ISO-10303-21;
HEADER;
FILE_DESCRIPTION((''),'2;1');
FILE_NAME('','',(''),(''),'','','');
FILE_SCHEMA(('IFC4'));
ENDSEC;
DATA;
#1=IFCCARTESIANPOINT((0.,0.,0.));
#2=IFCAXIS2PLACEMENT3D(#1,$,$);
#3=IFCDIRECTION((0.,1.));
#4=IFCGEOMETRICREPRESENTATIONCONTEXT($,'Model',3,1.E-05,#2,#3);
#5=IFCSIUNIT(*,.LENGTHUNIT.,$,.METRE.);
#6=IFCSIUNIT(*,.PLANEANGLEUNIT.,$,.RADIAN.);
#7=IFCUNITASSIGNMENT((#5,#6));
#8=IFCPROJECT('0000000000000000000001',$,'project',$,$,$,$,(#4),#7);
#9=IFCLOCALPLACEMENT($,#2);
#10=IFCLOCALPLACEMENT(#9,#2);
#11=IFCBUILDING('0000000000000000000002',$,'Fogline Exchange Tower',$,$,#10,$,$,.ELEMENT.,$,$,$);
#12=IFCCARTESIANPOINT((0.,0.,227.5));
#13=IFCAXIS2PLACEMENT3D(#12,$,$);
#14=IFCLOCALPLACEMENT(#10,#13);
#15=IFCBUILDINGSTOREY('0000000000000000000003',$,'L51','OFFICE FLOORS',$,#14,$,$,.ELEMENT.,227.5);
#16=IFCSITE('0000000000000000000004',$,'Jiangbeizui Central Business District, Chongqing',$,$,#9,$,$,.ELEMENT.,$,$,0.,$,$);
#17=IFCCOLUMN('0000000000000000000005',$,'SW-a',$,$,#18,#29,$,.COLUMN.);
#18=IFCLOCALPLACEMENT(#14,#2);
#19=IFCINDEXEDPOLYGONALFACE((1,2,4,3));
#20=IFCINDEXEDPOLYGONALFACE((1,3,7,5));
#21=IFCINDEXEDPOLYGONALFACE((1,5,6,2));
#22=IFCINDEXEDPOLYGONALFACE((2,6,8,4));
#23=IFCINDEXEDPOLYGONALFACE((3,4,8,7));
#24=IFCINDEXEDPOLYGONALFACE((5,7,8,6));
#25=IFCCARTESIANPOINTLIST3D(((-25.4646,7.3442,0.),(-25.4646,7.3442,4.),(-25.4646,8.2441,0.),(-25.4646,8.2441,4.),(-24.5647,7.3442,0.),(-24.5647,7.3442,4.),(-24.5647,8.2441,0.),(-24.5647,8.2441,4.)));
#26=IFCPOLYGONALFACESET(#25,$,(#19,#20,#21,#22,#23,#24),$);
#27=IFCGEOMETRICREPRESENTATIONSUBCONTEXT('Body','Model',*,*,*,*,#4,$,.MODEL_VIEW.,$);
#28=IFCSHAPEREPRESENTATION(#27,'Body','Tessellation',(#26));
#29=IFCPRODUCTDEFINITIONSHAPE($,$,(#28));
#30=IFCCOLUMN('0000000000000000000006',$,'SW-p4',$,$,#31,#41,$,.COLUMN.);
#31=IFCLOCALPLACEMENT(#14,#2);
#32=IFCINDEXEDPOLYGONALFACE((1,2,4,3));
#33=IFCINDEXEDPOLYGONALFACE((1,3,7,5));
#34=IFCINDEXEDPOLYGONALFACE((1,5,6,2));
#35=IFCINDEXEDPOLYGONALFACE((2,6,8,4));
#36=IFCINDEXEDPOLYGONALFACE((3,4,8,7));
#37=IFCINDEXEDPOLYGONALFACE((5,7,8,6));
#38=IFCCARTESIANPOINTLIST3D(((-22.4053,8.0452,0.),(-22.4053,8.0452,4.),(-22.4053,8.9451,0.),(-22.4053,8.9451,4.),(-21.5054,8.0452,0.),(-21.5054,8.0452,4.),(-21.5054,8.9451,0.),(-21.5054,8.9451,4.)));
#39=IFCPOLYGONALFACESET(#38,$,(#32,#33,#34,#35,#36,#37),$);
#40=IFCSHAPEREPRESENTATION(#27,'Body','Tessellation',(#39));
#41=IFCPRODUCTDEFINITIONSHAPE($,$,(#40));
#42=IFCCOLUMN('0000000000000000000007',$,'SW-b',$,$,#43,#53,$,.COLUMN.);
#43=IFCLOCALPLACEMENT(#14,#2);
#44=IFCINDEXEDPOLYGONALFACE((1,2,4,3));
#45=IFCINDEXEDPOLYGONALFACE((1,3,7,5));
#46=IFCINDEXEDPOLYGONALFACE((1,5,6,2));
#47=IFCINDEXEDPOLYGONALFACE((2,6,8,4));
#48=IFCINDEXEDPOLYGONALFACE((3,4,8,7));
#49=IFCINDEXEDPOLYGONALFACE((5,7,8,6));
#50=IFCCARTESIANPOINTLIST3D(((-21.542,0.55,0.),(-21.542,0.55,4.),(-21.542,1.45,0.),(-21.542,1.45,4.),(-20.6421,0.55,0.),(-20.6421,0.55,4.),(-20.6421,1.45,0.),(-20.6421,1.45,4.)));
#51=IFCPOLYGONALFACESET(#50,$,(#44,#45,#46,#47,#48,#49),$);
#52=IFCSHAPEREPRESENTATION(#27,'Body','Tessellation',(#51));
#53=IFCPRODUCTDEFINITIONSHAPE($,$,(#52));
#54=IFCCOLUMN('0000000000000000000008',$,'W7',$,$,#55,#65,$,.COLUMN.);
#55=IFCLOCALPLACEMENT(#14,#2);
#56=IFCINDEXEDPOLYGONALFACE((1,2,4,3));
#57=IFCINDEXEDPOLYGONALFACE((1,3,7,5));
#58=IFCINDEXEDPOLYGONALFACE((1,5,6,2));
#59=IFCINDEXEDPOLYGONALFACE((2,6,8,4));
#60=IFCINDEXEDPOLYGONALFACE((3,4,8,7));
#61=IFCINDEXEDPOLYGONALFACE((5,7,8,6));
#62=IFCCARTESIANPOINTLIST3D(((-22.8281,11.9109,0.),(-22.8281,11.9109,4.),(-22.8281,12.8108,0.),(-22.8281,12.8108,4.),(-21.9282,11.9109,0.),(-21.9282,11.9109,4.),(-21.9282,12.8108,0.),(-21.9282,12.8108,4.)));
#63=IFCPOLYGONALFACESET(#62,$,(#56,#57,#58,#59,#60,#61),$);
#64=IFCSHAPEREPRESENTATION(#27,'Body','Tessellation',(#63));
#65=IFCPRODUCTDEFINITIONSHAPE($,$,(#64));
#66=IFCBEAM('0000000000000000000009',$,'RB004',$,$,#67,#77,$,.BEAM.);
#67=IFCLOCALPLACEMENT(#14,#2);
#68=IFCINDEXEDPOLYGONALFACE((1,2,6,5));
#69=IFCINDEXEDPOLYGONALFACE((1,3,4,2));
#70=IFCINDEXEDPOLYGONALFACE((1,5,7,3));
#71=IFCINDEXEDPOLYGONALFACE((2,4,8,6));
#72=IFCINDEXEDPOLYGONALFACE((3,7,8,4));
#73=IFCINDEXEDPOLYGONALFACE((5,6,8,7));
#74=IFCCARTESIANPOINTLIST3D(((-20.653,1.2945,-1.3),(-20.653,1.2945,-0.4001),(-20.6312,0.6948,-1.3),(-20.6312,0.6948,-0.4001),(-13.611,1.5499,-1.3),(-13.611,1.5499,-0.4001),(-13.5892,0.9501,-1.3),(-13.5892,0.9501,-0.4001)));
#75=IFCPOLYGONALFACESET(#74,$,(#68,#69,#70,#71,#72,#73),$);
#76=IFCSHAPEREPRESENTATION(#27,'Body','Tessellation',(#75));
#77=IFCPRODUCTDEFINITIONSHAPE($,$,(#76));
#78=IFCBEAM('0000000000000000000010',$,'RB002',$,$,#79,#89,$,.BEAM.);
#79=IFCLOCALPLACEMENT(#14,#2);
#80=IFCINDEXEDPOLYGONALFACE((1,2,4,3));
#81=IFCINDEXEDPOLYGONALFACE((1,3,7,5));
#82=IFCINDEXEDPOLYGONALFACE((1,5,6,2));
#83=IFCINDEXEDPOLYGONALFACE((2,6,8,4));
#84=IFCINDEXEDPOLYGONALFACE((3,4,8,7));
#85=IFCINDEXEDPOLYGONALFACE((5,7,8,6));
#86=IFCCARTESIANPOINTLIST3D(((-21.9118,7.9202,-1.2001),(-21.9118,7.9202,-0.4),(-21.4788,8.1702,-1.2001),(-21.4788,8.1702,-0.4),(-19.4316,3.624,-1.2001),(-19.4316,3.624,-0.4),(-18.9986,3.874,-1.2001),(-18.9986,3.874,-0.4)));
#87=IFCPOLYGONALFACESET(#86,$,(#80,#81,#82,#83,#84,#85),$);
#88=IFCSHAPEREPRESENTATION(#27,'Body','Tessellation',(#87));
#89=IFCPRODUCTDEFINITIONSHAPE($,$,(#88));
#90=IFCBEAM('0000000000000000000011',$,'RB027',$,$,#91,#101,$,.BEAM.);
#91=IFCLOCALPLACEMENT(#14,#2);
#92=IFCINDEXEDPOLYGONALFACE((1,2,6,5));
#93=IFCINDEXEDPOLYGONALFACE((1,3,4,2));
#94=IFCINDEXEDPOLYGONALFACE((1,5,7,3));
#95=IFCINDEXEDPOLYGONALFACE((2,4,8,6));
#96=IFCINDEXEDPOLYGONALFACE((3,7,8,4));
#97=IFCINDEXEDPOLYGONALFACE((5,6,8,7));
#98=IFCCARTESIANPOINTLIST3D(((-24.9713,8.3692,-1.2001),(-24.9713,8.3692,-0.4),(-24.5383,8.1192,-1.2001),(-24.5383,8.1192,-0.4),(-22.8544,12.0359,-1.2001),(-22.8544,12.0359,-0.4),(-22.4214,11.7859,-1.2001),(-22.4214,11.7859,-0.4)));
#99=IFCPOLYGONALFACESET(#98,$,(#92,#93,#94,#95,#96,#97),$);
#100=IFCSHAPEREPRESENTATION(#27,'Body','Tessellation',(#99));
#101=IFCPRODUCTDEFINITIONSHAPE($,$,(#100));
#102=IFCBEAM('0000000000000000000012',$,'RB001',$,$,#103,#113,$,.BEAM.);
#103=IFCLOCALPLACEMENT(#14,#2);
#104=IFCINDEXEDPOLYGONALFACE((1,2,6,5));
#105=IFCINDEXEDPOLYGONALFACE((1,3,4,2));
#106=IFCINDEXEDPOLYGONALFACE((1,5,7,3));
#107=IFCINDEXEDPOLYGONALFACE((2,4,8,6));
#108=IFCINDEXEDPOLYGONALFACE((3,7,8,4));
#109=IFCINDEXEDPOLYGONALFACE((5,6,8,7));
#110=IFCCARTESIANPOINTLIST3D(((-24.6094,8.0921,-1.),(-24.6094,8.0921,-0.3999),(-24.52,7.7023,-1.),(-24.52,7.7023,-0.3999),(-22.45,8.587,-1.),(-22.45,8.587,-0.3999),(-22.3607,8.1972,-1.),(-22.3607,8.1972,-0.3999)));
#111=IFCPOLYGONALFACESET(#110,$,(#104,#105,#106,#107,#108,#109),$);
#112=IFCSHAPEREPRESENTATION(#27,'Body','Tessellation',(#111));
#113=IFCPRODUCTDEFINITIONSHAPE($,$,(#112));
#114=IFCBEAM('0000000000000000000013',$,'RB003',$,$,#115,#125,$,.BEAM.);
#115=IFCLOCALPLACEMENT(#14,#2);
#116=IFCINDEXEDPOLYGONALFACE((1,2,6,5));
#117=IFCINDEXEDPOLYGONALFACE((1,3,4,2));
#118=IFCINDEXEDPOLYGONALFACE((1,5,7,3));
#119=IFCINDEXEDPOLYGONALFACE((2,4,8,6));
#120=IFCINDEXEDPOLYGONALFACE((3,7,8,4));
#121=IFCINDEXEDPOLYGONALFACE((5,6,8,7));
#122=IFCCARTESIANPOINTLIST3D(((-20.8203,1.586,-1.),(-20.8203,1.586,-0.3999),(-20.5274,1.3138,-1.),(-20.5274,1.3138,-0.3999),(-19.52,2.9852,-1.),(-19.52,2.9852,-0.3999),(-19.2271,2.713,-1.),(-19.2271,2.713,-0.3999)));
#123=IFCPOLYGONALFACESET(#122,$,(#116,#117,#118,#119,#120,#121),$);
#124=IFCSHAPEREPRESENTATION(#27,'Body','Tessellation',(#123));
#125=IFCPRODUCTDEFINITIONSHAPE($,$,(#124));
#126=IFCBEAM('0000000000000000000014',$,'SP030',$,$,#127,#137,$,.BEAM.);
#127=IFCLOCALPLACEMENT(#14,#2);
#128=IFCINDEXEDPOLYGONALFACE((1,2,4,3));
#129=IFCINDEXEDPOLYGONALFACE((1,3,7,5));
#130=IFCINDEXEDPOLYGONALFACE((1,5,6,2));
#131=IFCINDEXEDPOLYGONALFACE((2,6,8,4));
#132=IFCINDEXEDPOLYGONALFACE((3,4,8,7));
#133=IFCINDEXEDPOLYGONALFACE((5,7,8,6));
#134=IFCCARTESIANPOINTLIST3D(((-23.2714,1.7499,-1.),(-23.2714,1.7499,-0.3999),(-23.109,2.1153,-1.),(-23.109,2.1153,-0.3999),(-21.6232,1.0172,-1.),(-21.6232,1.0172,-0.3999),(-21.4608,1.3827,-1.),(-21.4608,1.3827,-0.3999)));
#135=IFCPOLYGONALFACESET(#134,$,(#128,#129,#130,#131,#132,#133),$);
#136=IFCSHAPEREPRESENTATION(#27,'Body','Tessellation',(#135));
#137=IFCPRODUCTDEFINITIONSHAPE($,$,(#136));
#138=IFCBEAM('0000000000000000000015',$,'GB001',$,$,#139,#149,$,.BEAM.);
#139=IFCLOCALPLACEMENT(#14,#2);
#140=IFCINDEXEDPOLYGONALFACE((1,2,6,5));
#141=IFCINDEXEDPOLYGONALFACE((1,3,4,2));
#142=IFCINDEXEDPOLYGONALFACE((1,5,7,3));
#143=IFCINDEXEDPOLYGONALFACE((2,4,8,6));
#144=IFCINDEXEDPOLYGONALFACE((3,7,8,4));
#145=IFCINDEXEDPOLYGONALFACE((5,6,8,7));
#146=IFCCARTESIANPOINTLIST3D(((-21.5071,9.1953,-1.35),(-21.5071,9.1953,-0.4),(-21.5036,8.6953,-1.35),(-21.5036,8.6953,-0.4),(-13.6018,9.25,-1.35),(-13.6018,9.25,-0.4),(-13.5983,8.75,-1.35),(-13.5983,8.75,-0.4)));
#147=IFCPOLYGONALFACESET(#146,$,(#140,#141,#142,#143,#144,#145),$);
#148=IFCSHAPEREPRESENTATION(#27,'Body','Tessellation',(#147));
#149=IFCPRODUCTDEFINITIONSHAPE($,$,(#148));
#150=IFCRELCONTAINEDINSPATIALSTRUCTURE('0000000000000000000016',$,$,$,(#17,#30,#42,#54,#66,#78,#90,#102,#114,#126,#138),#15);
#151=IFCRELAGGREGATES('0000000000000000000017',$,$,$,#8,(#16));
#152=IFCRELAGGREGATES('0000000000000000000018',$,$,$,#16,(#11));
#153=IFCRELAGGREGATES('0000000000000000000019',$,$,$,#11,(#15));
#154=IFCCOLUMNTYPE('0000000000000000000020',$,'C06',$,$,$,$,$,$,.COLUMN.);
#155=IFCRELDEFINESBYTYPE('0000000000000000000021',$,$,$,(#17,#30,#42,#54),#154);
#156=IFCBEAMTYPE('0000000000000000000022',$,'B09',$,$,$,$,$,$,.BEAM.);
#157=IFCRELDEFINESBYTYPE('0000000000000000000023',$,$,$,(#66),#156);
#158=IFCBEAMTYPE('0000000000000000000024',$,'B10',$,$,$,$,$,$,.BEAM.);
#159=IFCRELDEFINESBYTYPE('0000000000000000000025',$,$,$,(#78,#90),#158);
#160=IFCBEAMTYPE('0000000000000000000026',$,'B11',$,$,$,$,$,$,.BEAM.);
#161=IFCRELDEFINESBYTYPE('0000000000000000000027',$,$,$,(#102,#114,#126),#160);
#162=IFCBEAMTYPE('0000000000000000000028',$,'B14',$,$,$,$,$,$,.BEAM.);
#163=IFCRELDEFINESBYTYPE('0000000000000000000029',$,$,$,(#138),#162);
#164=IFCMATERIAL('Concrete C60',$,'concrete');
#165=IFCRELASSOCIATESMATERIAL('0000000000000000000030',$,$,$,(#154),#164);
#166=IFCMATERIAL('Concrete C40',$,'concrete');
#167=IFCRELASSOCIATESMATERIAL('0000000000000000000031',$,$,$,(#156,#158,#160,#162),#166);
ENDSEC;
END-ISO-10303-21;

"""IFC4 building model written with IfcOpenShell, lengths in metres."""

from ifc_helpers import new_model, si_unit, direction, frame, origin, origin_2d, place, context, subcontext, project, spatial, rectangle, extrude, material, material_profile, profile_set, type_object, element, save


model = new_model("IFC4")

# Units and contexts
model_context = context("Model", 3, precision=1e-05, world=origin(), true_north=direction((0.0, 1.0)))
body_context = subcontext(model_context, "Body", "Model", "MODEL_VIEW")
ifc_project = project(units=[si_unit("LENGTHUNIT", "METRE"), si_unit("PLANEANGLEUNIT", "RADIAN")], contexts=[model_context])

# Site, building, storey
site_placement = place(None, origin())
site = spatial("IfcSite", under=ifc_project, at=site_placement, Name="Jiangbeizui Central Business District, Chongqing", CompositionType="ELEMENT", RefElevation=0.0)
building_placement = place(site_placement, origin())
building = spatial("IfcBuilding", under=site, at=building_placement, Name="Fogline Exchange Tower", CompositionType="ELEMENT")
storey_placement = place(building_placement, frame((0.0, 0.0, 227.5)))
storey = spatial("IfcBuildingStorey", under=building, at=storey_placement, Name="L51", Description="OFFICE FLOORS", CompositionType="ELEMENT", Elevation=227.5)

# Columns
ifc_material_1 = material(Name="Concrete C60", Category="concrete")
ifc_material_profile_1 = material_profile(ifc_material_1, rectangle(XDim=0.8999, YDim=0.8999, at=origin_2d()), Name="RC 900x900")
ifc_profile_set_1 = profile_set([ifc_material_profile_1], Name="Concrete C60")
column_type = type_object("IfcColumnType", Name="C06", PredefinedType="COLUMN", material=ifc_profile_set_1)
for number, where, z_axis, x_axis, name in (
    (1, (-25.0146, 7.7942, 0.0), (0.0, 0.0, 1.0), (1.0, 0.0, 0.0), "SW-a"),
    (2, (-21.9553, 8.4951, 0.0), (0.0, 0.0, 1.0), (1.0, 0.0, 0.0), "SW-p4"),
    (3, (-21.092, 1.0, 0.0), (0.0, 0.0, 1.0), (1.0, 0.0, 0.0), "SW-b"),
    (4, (-22.3782, 12.3608, 0.0), (0.0, 0.0, 1.0), (1.0, 0.0, 0.0), "W7"),
):
    element("IfcColumn", number, at=place(storey_placement, frame(where, z_axis=z_axis, x_axis=x_axis)), inside=storey, type_object=column_type, Name=name, PredefinedType="COLUMN", context=body_context, shape_type="SweptSolid", body=[
        extrude(rectangle(XDim=0.8999, YDim=0.8999, at=origin_2d()), origin(), (0.0, 0.0, 1.0), 4.0),
    ])

# Beams
ifc_material_2 = material(Name="Concrete C40", Category="concrete")
ifc_material_profile_2 = material_profile(ifc_material_2, rectangle(XDim=0.6001, YDim=0.8999, at=origin_2d()), Name="RC 600x900")
ifc_profile_set_2 = profile_set([ifc_material_profile_2], Name="Concrete C40")
beam_type_1 = type_object("IfcBeamType", Name="B09", PredefinedType="BEAM", material=ifc_profile_set_2)
beam_1_placement = place(storey_placement, frame((-20.6421, 0.9946, -0.8501), z_axis=(0.999343, 0.03624, 0.0), x_axis=(-0.03624, 0.999343, 0.0)))
element("IfcBeam", 5, at=beam_1_placement, inside=storey, type_object=beam_type_1, Name="RB004", PredefinedType="BEAM", context=body_context, shape_type="SweptSolid", body=[
    extrude(rectangle(XDim=0.6001, YDim=0.8999, at=origin_2d()), origin(), (0.0, 0.0, 1.0), 7.0466),
])
ifc_material_profile_3 = material_profile(ifc_material_2, rectangle(XDim=0.5, YDim=0.8, at=origin_2d()), Name="RC 500x800")
ifc_profile_set_3 = profile_set([ifc_material_profile_3], Name="Concrete C40")
beam_type_2 = type_object("IfcBeamType", Name="B10", PredefinedType="BEAM", material=ifc_profile_set_3)
beam_2_placement = place(storey_placement, frame((-21.6953, 8.0452, -0.8), z_axis=(0.499977, -0.866039, 0.0), x_axis=(0.866039, 0.499977, 0.0)))
element("IfcBeam", 6, at=beam_2_placement, inside=storey, type_object=beam_type_2, Name="RB002", PredefinedType="BEAM", context=body_context, shape_type="SweptSolid", body=[
    extrude(rectangle(XDim=0.5, YDim=0.8, at=origin_2d()), origin(), (0.0, 0.0, 1.0), 4.9607),
])
beam_3_placement = place(storey_placement, frame((-22.6379, 11.9109, -0.8), z_axis=(-0.49999, -0.866031, 0.0), x_axis=(0.866031, -0.49999, 0.0)))
element("IfcBeam", 7, at=beam_3_placement, inside=storey, type_object=beam_type_2, Name="RB027", PredefinedType="BEAM", context=body_context, shape_type="SweptSolid", body=[
    extrude(rectangle(XDim=0.5, YDim=0.8, at=origin_2d()), origin(), (0.0, 0.0, 1.0), 4.2339),
])
ifc_material_profile_4 = material_profile(ifc_material_2, rectangle(XDim=0.3999, YDim=0.6001, at=origin_2d()), Name="RC 400x600")
ifc_profile_set_4 = profile_set([ifc_material_profile_4], Name="Concrete C40")
beam_type_3 = type_object("IfcBeamType", Name="B11", PredefinedType="BEAM", material=ifc_profile_set_4)
beam_4_placement = place(storey_placement, frame((-24.5647, 7.8972, -0.7), z_axis=(0.974732, 0.223378, 0.0), x_axis=(-0.223378, 0.974732, 0.0)))
element("IfcBeam", 8, at=beam_4_placement, inside=storey, type_object=beam_type_3, Name="RB001", PredefinedType="BEAM", context=body_context, shape_type="SweptSolid", body=[
    extrude(rectangle(XDim=0.3999, YDim=0.6001, at=origin_2d()), origin(), (0.0, 0.0, 1.0), 2.2153),
])
beam_5_placement = place(storey_placement, frame((-19.3735, 2.8491, -0.7), z_axis=(-0.68075, -0.732516, 0.0), x_axis=(0.732516, -0.68075, 0.0)))
element("IfcBeam", 9, at=beam_5_placement, inside=storey, type_object=beam_type_3, Name="RB003", PredefinedType="BEAM", context=body_context, shape_type="SweptSolid", body=[
    extrude(rectangle(XDim=0.3999, YDim=0.6001, at=origin_2d()), origin(), (0.0, 0.0, 1.0), 1.9102),
])
beam_6_placement = place(storey_placement, frame((-21.542, 1.2, -0.7), z_axis=(-0.913784, 0.406201, 0.0), x_axis=(-0.406201, -0.913784, 0.0)))
element("IfcBeam", 10, at=beam_6_placement, inside=storey, type_object=beam_type_3, Name="SP030", PredefinedType="BEAM", context=body_context, shape_type="SweptSolid", body=[
    extrude(rectangle(XDim=0.3999, YDim=0.6001, at=origin_2d()), origin(), (0.0, 0.0, 1.0), 1.8037),
])
ifc_material_profile_5 = material_profile(ifc_material_2, rectangle(XDim=0.5, YDim=0.95, at=origin_2d()), Name="RC 500x950")
ifc_profile_set_5 = profile_set([ifc_material_profile_5], Name="Concrete C40")
beam_type_4 = type_object("IfcBeamType", Name="B14", PredefinedType="BEAM", material=ifc_profile_set_5)
beam_7_placement = place(storey_placement, frame((-21.5054, 8.9453, -0.875), z_axis=(0.999976, 0.006918, 0.0), x_axis=(-0.006918, 0.999976, 0.0)))
element("IfcBeam", 11, at=beam_7_placement, inside=storey, type_object=beam_type_4, Name="GB001", PredefinedType="BEAM", context=body_context, shape_type="SweptSolid", body=[
    extrude(rectangle(XDim=0.5, YDim=0.95, at=origin_2d()), origin(), (0.0, 0.0, 1.0), 7.9055),
])

save(model, "model.ifc")
